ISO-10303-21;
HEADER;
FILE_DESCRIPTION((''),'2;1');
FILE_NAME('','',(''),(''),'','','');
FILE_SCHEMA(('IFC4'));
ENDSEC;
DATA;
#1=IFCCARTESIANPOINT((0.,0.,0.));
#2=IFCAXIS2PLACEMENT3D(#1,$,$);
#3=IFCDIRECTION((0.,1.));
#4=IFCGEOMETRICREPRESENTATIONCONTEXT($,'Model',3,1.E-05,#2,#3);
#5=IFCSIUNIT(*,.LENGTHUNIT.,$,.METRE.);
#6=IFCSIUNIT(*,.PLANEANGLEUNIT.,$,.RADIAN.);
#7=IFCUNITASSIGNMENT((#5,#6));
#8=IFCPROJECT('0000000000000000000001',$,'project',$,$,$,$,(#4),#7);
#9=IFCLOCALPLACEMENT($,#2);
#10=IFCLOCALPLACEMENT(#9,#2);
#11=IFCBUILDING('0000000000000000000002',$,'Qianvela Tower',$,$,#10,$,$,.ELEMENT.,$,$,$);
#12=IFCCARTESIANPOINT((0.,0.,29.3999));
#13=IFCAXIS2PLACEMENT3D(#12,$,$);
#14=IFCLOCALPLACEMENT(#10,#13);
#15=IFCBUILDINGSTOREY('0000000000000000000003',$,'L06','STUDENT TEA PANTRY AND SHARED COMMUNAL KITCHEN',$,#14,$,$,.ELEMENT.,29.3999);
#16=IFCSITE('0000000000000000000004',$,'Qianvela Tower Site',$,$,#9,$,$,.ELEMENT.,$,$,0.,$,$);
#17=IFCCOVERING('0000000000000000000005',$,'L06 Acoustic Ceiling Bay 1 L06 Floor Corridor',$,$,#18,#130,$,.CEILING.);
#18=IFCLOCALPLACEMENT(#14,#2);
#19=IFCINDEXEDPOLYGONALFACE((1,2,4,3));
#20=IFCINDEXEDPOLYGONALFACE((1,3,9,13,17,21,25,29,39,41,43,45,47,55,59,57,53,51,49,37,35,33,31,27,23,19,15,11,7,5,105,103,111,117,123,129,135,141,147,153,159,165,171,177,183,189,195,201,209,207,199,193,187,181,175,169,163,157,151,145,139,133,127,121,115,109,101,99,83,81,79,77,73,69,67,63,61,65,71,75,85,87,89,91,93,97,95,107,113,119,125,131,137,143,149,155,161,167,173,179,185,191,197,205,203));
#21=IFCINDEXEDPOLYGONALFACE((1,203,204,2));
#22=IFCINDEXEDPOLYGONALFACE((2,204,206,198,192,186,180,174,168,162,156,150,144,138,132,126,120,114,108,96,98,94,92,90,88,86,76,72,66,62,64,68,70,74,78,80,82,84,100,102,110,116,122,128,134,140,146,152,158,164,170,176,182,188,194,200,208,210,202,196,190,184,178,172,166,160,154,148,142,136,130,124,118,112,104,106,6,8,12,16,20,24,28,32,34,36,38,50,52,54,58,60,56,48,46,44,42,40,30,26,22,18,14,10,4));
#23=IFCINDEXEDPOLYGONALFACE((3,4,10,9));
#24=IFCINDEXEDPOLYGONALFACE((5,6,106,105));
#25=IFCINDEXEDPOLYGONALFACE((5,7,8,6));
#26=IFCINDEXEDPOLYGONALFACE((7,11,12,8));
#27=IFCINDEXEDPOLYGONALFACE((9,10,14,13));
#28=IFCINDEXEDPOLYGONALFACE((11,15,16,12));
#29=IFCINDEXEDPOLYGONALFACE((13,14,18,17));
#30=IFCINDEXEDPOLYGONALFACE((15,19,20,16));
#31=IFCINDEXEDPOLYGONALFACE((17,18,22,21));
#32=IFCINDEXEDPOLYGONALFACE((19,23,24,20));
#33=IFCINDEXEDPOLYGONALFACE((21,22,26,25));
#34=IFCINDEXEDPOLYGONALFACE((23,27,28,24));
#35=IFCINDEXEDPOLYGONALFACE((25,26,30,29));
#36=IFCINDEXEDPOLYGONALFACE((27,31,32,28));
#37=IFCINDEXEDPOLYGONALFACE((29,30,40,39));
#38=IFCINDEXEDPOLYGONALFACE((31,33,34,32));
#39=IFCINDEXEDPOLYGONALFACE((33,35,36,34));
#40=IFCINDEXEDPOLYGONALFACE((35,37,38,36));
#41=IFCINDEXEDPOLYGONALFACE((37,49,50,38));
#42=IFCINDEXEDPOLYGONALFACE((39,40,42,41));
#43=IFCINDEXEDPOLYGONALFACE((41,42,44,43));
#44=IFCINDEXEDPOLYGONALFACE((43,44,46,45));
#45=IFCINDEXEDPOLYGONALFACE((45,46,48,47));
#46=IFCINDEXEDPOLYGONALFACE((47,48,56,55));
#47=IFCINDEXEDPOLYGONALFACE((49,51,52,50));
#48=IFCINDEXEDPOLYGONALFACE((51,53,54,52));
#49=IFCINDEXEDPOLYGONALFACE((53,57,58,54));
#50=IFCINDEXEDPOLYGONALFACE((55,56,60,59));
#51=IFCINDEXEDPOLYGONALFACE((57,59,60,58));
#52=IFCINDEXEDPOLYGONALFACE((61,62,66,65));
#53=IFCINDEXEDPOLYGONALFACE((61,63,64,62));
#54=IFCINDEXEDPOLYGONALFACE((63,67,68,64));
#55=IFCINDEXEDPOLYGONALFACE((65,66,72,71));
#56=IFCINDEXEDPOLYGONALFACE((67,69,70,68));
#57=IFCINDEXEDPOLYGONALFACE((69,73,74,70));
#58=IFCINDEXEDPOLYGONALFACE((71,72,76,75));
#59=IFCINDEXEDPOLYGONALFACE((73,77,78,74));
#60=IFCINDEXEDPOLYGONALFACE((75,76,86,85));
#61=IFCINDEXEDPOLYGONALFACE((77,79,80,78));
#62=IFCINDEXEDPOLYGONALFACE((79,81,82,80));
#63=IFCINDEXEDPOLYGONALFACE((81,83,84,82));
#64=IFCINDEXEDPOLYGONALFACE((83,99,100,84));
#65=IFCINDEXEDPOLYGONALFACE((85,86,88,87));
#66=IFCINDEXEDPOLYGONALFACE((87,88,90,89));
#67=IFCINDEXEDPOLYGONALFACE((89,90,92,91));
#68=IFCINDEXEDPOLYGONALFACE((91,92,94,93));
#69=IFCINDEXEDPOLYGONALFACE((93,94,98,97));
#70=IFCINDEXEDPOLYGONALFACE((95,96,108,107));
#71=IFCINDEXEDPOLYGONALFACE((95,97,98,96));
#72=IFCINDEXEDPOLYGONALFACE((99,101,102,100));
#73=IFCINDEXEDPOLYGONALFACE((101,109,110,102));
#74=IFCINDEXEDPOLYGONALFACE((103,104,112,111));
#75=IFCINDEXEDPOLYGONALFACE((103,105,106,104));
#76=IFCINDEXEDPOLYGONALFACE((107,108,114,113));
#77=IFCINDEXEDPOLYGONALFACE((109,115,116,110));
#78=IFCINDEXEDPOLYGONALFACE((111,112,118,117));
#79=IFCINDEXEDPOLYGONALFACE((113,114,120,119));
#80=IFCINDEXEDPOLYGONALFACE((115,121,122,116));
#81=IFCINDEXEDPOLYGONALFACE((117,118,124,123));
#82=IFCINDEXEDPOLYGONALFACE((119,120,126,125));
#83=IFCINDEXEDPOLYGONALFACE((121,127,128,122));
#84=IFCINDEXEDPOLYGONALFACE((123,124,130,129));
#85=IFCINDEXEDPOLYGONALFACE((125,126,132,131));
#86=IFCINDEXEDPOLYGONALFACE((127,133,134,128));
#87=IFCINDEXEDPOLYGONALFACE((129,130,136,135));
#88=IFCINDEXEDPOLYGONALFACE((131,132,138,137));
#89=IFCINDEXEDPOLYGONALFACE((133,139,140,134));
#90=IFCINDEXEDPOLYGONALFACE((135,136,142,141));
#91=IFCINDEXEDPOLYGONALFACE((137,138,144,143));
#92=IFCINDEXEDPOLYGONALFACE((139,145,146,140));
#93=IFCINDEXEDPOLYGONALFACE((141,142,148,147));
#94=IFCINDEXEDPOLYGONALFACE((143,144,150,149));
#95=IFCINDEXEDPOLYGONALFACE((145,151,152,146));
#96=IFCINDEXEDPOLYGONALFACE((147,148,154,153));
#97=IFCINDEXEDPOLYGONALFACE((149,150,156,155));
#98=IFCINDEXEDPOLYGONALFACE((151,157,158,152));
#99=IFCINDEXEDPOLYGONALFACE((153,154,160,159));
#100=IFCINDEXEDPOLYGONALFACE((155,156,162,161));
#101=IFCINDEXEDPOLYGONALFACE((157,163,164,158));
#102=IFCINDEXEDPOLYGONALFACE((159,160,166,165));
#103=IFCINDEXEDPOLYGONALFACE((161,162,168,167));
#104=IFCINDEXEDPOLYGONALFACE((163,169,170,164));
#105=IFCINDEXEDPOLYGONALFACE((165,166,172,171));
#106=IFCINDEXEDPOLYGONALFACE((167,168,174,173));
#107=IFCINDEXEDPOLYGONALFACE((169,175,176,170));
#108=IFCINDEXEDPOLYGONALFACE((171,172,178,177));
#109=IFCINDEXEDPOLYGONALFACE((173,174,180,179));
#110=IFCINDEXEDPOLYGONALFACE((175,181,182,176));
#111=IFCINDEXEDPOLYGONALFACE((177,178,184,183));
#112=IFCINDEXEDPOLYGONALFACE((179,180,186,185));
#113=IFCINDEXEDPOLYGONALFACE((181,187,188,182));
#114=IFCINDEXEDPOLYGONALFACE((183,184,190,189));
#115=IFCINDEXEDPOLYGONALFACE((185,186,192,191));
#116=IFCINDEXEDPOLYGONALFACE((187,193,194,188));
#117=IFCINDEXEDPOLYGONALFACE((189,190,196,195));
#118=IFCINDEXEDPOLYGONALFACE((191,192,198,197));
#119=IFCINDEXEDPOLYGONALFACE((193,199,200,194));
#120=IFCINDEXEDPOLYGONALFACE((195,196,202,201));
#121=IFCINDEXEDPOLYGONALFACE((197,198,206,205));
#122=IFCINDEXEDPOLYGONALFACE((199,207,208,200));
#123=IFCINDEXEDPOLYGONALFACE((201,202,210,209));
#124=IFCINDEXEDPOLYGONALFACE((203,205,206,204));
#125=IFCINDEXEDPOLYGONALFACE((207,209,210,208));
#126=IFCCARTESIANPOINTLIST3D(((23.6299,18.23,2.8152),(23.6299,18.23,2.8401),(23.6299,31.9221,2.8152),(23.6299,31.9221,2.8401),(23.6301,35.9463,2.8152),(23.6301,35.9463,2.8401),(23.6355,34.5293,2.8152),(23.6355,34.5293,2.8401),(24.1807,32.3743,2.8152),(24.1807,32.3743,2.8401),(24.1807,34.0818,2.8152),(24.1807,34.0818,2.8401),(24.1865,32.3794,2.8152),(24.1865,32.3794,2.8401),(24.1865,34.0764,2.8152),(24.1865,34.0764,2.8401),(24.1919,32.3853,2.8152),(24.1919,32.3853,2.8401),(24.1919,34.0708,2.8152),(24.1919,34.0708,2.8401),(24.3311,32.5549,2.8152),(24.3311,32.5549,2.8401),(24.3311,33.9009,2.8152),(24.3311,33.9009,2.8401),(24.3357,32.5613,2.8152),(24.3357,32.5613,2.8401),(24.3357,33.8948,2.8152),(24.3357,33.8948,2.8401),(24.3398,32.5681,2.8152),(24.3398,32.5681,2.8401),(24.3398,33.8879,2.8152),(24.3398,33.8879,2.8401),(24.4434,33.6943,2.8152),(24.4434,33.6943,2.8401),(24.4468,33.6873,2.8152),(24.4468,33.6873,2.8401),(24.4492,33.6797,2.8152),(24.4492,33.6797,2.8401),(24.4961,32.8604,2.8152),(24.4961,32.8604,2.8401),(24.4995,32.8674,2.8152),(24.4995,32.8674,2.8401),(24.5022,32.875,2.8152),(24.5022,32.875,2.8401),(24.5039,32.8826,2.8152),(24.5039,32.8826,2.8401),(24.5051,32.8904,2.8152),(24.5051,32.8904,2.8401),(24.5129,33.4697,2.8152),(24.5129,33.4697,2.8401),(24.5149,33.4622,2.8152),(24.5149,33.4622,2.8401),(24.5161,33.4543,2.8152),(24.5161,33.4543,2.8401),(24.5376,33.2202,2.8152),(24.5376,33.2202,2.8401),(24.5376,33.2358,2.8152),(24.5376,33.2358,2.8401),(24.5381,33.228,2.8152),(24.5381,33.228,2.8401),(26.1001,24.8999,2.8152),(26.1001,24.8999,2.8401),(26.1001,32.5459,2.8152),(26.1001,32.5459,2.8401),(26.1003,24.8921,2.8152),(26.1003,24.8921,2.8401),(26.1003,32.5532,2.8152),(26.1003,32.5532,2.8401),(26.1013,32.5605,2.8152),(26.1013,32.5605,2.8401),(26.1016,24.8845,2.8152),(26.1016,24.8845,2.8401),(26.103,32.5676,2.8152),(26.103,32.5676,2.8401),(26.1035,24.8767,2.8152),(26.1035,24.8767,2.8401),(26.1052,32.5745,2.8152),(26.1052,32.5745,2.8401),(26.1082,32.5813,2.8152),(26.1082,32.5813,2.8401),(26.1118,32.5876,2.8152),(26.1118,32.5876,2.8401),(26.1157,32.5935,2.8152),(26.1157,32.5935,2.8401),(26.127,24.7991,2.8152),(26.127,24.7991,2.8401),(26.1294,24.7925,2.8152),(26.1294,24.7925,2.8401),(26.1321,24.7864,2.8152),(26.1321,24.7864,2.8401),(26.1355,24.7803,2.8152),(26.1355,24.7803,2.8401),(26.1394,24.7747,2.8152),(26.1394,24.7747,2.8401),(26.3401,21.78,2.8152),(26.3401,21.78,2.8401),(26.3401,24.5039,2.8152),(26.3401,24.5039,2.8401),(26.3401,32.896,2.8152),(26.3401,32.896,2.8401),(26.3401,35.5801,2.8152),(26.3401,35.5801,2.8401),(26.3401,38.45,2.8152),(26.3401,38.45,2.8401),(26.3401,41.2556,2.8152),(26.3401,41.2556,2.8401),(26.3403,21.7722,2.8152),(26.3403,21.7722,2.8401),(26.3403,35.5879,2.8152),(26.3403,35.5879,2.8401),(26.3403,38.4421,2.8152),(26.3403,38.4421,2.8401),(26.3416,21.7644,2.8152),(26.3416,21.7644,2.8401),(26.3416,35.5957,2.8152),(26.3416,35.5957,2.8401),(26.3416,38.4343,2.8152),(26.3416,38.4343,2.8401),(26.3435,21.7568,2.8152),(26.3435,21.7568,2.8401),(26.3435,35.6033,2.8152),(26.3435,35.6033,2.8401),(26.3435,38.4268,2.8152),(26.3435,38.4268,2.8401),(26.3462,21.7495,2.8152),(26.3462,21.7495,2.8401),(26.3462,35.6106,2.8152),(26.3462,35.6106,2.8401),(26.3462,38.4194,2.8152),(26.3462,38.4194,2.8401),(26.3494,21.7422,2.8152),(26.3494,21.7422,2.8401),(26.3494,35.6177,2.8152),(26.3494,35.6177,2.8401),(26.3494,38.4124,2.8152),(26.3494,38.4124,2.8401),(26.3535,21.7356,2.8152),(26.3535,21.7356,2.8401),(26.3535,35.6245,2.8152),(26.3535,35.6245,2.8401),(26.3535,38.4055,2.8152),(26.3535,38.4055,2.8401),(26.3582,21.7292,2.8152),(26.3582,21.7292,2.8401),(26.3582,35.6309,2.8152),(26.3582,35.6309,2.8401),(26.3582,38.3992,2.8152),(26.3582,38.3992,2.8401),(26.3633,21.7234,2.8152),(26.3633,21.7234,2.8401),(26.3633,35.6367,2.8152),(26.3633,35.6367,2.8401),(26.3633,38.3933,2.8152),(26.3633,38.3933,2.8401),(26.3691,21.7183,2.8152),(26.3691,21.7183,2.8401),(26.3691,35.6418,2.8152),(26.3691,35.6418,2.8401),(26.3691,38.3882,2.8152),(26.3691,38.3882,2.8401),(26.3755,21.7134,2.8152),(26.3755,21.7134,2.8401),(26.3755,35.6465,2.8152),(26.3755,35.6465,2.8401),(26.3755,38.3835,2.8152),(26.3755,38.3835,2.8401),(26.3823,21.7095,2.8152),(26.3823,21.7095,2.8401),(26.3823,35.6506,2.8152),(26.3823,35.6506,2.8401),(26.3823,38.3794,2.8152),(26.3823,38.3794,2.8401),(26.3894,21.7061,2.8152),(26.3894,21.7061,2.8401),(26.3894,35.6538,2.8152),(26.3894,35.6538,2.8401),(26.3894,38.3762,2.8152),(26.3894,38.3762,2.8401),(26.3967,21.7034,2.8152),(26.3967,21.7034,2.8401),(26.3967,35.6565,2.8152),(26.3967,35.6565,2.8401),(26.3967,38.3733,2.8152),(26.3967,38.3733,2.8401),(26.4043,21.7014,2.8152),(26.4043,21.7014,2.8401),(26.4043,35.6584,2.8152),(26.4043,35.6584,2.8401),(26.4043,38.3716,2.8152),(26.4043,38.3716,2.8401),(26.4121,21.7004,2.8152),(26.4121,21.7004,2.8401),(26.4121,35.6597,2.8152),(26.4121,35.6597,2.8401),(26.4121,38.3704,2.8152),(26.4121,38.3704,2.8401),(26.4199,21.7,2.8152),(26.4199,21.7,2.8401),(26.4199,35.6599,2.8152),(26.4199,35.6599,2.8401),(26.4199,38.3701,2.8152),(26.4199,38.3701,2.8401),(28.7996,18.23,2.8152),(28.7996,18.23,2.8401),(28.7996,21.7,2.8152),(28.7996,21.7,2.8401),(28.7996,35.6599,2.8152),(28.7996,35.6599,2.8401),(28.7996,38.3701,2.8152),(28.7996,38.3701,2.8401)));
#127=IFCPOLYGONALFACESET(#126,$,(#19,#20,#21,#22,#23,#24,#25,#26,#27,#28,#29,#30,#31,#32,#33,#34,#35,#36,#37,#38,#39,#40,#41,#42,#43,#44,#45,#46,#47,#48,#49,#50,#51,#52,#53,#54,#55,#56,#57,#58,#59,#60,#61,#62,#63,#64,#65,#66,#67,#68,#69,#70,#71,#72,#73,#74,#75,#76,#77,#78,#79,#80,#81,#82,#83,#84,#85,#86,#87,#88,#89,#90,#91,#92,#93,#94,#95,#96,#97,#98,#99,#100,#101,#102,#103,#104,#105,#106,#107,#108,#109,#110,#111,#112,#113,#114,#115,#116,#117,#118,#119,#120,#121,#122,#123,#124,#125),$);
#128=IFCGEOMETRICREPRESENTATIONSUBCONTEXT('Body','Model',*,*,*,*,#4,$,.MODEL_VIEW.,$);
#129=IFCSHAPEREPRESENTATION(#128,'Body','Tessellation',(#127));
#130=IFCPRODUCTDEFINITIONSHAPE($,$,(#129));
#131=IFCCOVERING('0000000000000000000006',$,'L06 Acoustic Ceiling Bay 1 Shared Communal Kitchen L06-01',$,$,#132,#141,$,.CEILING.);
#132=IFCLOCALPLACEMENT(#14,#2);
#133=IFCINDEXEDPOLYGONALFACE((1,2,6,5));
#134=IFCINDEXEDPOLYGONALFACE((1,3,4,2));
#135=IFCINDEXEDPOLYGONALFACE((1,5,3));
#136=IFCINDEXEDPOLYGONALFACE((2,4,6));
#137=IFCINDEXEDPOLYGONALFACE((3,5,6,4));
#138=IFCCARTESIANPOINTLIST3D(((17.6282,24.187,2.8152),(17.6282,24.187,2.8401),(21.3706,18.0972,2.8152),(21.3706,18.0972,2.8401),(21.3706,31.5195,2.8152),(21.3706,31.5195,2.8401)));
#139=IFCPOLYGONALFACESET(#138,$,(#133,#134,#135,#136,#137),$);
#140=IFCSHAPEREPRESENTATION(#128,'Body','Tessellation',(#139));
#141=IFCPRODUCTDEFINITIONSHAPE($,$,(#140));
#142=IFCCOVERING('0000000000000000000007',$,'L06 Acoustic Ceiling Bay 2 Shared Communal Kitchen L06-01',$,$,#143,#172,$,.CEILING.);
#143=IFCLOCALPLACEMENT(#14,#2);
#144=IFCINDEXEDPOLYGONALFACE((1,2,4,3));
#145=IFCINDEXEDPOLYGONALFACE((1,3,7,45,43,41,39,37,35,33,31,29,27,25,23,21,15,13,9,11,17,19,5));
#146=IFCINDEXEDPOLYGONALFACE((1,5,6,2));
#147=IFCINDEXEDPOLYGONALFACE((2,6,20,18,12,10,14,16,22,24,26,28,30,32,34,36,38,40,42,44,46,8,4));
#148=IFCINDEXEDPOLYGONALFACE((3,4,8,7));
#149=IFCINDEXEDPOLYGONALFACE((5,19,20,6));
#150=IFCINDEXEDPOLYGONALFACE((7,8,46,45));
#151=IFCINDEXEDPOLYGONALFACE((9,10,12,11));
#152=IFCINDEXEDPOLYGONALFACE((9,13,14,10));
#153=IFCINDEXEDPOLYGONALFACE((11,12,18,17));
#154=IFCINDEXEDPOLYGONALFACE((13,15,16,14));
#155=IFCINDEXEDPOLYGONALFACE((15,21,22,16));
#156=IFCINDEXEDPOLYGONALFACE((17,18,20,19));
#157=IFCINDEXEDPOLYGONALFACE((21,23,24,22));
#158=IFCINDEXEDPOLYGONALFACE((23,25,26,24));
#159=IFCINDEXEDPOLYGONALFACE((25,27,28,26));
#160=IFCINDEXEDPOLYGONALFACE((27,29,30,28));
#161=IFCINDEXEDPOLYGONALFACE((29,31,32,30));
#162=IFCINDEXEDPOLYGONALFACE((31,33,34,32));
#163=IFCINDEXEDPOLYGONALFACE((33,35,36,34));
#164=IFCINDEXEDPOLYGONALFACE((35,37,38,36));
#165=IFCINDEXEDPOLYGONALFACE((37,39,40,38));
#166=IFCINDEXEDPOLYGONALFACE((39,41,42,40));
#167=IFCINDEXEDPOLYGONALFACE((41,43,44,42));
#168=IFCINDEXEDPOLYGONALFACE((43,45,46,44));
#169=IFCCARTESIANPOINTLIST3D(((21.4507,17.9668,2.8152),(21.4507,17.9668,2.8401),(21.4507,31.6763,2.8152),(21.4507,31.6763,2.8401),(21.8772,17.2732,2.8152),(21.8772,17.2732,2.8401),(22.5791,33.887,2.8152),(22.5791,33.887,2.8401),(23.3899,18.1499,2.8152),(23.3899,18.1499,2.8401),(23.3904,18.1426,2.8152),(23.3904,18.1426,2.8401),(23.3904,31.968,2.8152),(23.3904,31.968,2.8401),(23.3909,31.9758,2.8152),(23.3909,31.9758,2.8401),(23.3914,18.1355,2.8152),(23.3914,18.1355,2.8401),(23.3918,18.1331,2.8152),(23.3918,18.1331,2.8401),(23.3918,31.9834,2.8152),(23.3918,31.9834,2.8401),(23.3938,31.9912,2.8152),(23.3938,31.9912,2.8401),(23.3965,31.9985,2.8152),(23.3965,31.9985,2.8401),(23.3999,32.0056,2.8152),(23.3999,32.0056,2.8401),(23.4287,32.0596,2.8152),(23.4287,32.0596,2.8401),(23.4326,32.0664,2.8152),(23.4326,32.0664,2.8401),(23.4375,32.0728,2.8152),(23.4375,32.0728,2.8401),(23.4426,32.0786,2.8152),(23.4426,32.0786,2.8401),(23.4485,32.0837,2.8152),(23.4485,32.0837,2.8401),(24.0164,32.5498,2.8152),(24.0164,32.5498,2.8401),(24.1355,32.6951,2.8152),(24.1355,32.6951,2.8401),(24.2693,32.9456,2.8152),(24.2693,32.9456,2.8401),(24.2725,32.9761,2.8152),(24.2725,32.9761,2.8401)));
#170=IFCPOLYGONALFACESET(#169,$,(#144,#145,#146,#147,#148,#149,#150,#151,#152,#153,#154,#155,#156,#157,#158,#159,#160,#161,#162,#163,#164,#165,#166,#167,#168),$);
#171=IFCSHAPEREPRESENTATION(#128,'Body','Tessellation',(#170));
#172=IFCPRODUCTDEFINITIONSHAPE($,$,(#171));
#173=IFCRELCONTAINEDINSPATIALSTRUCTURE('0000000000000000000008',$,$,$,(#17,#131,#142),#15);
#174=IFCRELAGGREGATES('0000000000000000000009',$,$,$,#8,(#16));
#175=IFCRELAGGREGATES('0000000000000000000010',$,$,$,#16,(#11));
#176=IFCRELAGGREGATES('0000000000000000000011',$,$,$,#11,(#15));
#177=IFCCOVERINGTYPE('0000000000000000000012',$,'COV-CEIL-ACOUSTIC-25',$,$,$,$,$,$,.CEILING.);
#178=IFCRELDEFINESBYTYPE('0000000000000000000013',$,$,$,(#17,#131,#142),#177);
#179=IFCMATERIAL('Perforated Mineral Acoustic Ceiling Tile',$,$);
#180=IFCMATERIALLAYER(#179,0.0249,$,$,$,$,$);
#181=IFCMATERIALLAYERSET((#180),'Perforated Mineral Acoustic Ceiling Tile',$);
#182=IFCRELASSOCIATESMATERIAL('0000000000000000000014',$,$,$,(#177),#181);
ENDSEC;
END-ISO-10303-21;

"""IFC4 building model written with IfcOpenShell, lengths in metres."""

from ifc_helpers import new_model, si_unit, direction, frame, origin, place, context, subcontext, project, spatial, polyline, outline, extrude, material, layer, layer_set, type_object, element, save


model = new_model("IFC4")

# Units and contexts
model_context = context("Model", 3, precision=1e-05, world=origin(), true_north=direction((0.0, 1.0)))
body_context = subcontext(model_context, "Body", "Model", "MODEL_VIEW")
ifc_project = project(units=[si_unit("LENGTHUNIT", "METRE"), si_unit("PLANEANGLEUNIT", "RADIAN")], contexts=[model_context])

# Site, building, storey
site_placement = place(None, origin())
site = spatial("IfcSite", under=ifc_project, at=site_placement, Name="Qianvela Tower Site", CompositionType="ELEMENT", RefElevation=0.0)
building_placement = place(site_placement, origin())
building = spatial("IfcBuilding", under=site, at=building_placement, Name="Qianvela Tower", CompositionType="ELEMENT")
storey_placement = place(building_placement, frame((0.0, 0.0, 29.3999)))
storey = spatial("IfcBuildingStorey", under=building, at=storey_placement, Name="L06", Description="STUDENT TEA PANTRY AND SHARED COMMUNAL KITCHEN", CompositionType="ELEMENT", Elevation=29.3999)

# Coverings
ifc_material_1 = material(Name="Perforated Mineral Acoustic Ceiling Tile")
ifc_layer_1 = layer(ifc_material_1, 0.0249)
ifc_layer_set_1 = layer_set([ifc_layer_1], Name="Perforated Mineral Acoustic Ceiling Tile")
covering_type_1 = type_object("IfcCoveringType", Name="COV-CEIL-ACOUSTIC-25", PredefinedType="CEILING", material=ifc_layer_set_1)
covering_1_placement = place(storey_placement, frame((0.0, 0.0, 2.8152)))
element("IfcCovering", 1, at=covering_1_placement, inside=storey, type_object=covering_type_1, Name="L06 Acoustic Ceiling Bay 1 L06 Floor Corridor", PredefinedType="CEILING", context=body_context, shape_type="SweptSolid", body=[
    extrude(outline(polyline([(24.5149, 33.4622), (24.5129, 33.4697), (24.4492, 33.6797), (24.4468, 33.6873), (24.4434, 33.6943), (24.3398, 33.8879), (24.3357, 33.8948), (24.3311, 33.9009), (24.1919, 34.0708), (24.1865, 34.0764), (24.1807, 34.0818), (23.6355, 34.5293), (23.6301, 35.9463), (26.3401, 41.2556), (26.3401, 38.45), (26.3403, 38.4421), (26.3416, 38.4343), (26.3435, 38.4268), (26.3462, 38.4194), (26.3494, 38.4124), (26.3535, 38.4055), (26.3582, 38.3992), (26.3633, 38.3933), (26.3691, 38.3882), (26.3755, 38.3835), (26.3823, 38.3794), (26.3894, 38.3762), (26.3967, 38.3733), (26.4043, 38.3716), (26.4121, 38.3704), (26.4199, 38.3701), (28.7996, 38.3701), (28.7996, 35.6599), (26.4199, 35.6599), (26.4121, 35.6597), (26.4043, 35.6584), (26.3967, 35.6565), (26.3894, 35.6538), (26.3823, 35.6506), (26.3755, 35.6465), (26.3691, 35.6418), (26.3633, 35.6367), (26.3582, 35.6309), (26.3535, 35.6245), (26.3494, 35.6177), (26.3462, 35.6106), (26.3435, 35.6033), (26.3416, 35.5957), (26.3403, 35.5879), (26.3401, 35.5801), (26.3401, 32.896), (26.1157, 32.5935), (26.1118, 32.5876), (26.1082, 32.5813), (26.1052, 32.5745), (26.103, 32.5676), (26.1013, 32.5605), (26.1003, 32.5532), (26.1001, 32.5459), (26.1001, 24.8999), (26.1003, 24.8921), (26.1016, 24.8845), (26.1035, 24.8767), (26.127, 24.7991), (26.1294, 24.7925), (26.1321, 24.7864), (26.1355, 24.7803), (26.1394, 24.7747), (26.3401, 24.5039), (26.3401, 21.78), (26.3403, 21.7722), (26.3416, 21.7644), (26.3435, 21.7568), (26.3462, 21.7495), (26.3494, 21.7422), (26.3535, 21.7356), (26.3582, 21.7292), (26.3633, 21.7234), (26.3691, 21.7183), (26.3755, 21.7134), (26.3823, 21.7095), (26.3894, 21.7061), (26.3967, 21.7034), (26.4043, 21.7014), (26.4121, 21.7004), (26.4199, 21.7), (28.7996, 21.7), (28.7996, 18.23), (23.6299, 18.23), (23.6299, 31.9221), (24.1807, 32.3743), (24.1865, 32.3794), (24.1919, 32.3853), (24.3311, 32.5549), (24.3357, 32.5613), (24.3398, 32.5681), (24.4961, 32.8604), (24.4995, 32.8674), (24.5022, 32.875), (24.5039, 32.8826), (24.5051, 32.8904), (24.5376, 33.2202), (24.5381, 33.228), (24.5376, 33.2358), (24.5161, 33.4543), (24.5149, 33.4622)])), origin(), (0.0, 0.0, 1.0), 0.0249),
])
covering_2_placement = place(storey_placement, frame((0.0, 0.0, 2.8152)))
element("IfcCovering", 2, at=covering_2_placement, inside=storey, type_object=covering_type_1, Name="L06 Acoustic Ceiling Bay 1 Shared Communal Kitchen L06-01", PredefinedType="CEILING", context=body_context, shape_type="SweptSolid", body=[
    extrude(outline(polyline([(17.6282, 24.187), (21.3706, 31.5195), (21.3706, 18.0972), (17.6282, 24.187)])), origin(), (0.0, 0.0, 1.0), 0.0249),
])
covering_3_placement = place(storey_placement, frame((0.0, 0.0, 2.8152)))
element("IfcCovering", 3, at=covering_3_placement, inside=storey, type_object=covering_type_1, Name="L06 Acoustic Ceiling Bay 2 Shared Communal Kitchen L06-01", PredefinedType="CEILING", context=body_context, shape_type="SweptSolid", body=[
    extrude(outline(polyline([(24.2725, 32.9761), (24.2693, 32.9456), (24.1355, 32.6951), (24.0164, 32.5498), (23.4485, 32.0837), (23.4426, 32.0786), (23.4375, 32.0728), (23.4326, 32.0664), (23.4287, 32.0596), (23.3999, 32.0056), (23.3965, 31.9985), (23.3938, 31.9912), (23.3918, 31.9834), (23.3909, 31.9758), (23.3904, 31.968), (23.3899, 18.1499), (23.3904, 18.1426), (23.3914, 18.1355), (23.3918, 18.1331), (21.8772, 17.2732), (21.4507, 17.9668), (21.4507, 31.6763), (22.5791, 33.887), (24.2725, 32.9761)])), origin(), (0.0, 0.0, 1.0), 0.0249),
])

save(model, "model.ifc")
